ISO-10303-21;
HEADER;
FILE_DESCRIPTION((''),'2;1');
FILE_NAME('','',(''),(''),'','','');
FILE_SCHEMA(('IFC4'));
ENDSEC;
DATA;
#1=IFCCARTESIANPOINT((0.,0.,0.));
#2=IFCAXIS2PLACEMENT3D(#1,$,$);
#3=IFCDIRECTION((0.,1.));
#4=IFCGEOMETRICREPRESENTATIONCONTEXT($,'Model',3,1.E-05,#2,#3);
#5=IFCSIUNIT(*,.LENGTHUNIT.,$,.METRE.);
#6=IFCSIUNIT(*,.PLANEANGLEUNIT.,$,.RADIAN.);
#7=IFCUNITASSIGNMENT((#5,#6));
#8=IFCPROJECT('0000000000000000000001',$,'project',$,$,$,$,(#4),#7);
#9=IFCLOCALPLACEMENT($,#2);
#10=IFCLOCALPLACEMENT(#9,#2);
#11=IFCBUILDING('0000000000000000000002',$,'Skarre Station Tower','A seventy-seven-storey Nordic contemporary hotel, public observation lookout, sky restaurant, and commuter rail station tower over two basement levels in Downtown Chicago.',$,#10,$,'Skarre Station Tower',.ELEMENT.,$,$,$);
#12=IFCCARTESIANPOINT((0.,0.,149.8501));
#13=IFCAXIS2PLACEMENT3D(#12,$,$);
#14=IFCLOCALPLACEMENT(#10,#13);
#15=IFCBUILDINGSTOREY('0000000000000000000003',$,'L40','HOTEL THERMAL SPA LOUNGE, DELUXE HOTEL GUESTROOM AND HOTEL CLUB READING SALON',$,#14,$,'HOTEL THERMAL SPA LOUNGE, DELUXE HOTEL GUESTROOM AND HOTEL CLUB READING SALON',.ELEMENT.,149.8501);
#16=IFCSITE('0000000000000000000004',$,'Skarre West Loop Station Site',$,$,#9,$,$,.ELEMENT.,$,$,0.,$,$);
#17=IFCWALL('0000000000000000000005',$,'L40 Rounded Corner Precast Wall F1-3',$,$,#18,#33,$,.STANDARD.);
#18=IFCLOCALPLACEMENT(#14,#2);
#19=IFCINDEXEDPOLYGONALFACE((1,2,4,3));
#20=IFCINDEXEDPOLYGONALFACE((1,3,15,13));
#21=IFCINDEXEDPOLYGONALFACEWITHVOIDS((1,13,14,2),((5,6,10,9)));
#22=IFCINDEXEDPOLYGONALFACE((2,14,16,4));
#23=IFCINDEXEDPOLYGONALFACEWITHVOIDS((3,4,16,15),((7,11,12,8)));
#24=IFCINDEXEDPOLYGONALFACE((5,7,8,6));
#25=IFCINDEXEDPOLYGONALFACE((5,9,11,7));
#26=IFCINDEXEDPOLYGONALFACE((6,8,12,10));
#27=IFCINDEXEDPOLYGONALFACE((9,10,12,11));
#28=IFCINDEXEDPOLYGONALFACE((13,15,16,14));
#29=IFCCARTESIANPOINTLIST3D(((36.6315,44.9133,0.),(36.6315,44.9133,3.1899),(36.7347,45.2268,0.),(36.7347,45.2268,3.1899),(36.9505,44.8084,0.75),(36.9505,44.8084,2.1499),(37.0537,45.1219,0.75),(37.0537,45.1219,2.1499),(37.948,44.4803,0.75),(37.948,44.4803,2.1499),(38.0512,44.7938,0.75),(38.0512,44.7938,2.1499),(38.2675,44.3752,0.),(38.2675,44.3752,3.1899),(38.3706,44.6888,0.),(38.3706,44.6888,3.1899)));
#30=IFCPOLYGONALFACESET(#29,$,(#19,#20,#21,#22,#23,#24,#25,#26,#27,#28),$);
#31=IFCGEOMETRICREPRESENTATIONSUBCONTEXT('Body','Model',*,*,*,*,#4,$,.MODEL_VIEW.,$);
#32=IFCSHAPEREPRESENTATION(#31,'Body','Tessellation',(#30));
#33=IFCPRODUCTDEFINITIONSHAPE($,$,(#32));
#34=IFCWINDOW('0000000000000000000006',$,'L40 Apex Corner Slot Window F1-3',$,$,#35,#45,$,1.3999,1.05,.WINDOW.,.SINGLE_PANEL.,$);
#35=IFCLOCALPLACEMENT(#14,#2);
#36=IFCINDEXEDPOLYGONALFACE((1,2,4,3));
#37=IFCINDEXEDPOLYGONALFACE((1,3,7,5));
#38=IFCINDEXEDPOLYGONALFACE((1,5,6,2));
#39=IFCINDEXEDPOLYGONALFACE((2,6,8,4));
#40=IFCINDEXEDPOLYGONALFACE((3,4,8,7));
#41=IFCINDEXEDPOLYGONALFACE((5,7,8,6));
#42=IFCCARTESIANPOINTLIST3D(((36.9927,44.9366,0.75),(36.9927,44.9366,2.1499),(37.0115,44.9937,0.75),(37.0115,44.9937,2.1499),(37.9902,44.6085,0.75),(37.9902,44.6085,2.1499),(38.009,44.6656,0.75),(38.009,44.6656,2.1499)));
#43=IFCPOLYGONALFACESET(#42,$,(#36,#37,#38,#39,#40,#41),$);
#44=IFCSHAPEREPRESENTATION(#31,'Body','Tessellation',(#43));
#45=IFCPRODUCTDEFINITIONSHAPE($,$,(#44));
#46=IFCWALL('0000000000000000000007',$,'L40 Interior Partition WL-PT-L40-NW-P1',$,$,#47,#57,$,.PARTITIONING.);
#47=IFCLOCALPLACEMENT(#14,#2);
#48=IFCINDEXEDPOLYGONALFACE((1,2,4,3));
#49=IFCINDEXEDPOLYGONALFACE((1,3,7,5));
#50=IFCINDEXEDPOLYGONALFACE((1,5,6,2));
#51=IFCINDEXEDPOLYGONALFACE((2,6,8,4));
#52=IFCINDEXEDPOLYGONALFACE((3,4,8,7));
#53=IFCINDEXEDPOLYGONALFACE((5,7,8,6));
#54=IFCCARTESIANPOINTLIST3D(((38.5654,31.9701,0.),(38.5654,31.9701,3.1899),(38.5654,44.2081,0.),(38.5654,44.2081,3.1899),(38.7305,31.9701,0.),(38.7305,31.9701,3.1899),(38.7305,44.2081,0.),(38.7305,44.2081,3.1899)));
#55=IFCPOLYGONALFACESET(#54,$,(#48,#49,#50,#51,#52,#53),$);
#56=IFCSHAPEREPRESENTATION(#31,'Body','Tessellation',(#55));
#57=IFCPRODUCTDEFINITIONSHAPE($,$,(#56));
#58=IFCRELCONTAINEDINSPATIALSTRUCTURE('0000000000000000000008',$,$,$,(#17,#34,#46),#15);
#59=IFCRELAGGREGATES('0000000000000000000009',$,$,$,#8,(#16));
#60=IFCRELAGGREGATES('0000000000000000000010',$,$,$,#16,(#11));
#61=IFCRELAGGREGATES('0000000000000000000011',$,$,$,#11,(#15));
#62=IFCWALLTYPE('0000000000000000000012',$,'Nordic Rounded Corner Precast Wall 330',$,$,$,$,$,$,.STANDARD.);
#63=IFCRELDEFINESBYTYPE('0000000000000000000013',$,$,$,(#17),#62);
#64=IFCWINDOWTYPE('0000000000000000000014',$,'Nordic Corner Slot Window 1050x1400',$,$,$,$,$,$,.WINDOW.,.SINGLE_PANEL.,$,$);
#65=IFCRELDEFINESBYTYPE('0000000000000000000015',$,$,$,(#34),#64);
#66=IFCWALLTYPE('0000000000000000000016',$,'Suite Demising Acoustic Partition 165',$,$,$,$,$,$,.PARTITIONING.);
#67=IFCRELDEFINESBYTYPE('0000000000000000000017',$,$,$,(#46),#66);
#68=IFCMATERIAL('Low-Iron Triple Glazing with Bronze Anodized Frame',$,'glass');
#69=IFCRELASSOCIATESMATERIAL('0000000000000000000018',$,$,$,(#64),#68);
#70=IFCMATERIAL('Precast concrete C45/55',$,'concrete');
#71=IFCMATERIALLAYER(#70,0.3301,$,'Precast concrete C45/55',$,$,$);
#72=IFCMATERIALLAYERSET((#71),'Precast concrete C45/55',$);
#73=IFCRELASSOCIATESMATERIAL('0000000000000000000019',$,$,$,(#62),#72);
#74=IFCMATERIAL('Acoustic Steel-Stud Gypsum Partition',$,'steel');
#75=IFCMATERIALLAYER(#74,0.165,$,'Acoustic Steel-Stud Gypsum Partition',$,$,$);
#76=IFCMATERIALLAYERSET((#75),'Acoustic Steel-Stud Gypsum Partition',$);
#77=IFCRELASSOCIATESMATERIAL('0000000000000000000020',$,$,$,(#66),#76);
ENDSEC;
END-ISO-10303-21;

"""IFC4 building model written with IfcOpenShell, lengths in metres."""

from ifc_helpers import new_model, si_unit, direction, frame, frame_2d, origin, place, context, subcontext, project, spatial, rectangle, extrude, material, layer, layer_set, type_object, element, fill, save


model = new_model("IFC4")

# Units and contexts
model_context = context("Model", 3, precision=1e-05, world=origin(), true_north=direction((0.0, 1.0)))
body_context = subcontext(model_context, "Body", "Model", "MODEL_VIEW")
ifc_project = project(units=[si_unit("LENGTHUNIT", "METRE"), si_unit("PLANEANGLEUNIT", "RADIAN")], contexts=[model_context])

# Site, building, storey
site_placement = place(None, origin())
site = spatial("IfcSite", under=ifc_project, at=site_placement, Name="Skarre West Loop Station Site", CompositionType="ELEMENT", RefElevation=0.0)
building_placement = place(site_placement, origin())
building = spatial("IfcBuilding", under=site, at=building_placement, Name="Skarre Station Tower", Description="A seventy-seven-storey Nordic contemporary hotel, public observation lookout, sky restaurant, and commuter rail station tower over two basement levels in Downtown Chicago.", LongName="Skarre Station Tower", CompositionType="ELEMENT")
storey_placement = place(building_placement, frame((0.0, 0.0, 149.8501)))
storey = spatial("IfcBuildingStorey", under=building, at=storey_placement, Name="L40", Description="HOTEL THERMAL SPA LOUNGE, DELUXE HOTEL GUESTROOM AND HOTEL CLUB READING SALON", LongName="HOTEL THERMAL SPA LOUNGE, DELUXE HOTEL GUESTROOM AND HOTEL CLUB READING SALON", CompositionType="ELEMENT", Elevation=149.8501)

# Shared definitions
ifc_material_1 = material(Name="Acoustic Steel-Stud Gypsum Partition", Category="steel")

# Shared definitions
ifc_material_2 = material(Name="Precast concrete C45/55", Category="concrete")
ifc_material_3 = material(Name="Low-Iron Triple Glazing with Bronze Anodized Frame", Category="glass")
window_type_1 = type_object("IfcWindowType", Name="Nordic Corner Slot Window 1050x1400", PartitioningType="SINGLE_PANEL", PredefinedType="WINDOW", material=ifc_material_3)

# Shared definitions
ifc_layer_1 = layer(ifc_material_2, 0.3301, Name="Precast concrete C45/55")
ifc_layer_set_1 = layer_set([ifc_layer_1], Name="Precast concrete C45/55")
wall_type_1 = type_object("IfcWallType", Name="Nordic Rounded Corner Precast Wall 330", PredefinedType="STANDARD", material=ifc_layer_set_1)

# Wall, opening, window
wall_1_placement = place(storey_placement, frame((36.6831, 45.0701, 0.0), z_axis=(0.0, 0.0, 1.0), x_axis=(0.949937, -0.31244, 0.0)))
wall_1 = element("IfcWall", 1, at=wall_1_placement, inside=storey, type_object=wall_type_1, Name="L40 Rounded Corner Precast Wall F1-3", PredefinedType="STANDARD", context=body_context, shape_type="SweptSolid", body=[
    extrude(rectangle(XDim=1.7222, YDim=0.3301, at=frame_2d((0.8611, 0.0))), origin(), (0.0, 0.0, 1.0), 3.1899),
])
opening_1_placement = place(wall_1_placement, frame((0.3359, 0.0, 0.75)))
opening_1 = element("IfcOpeningElement", 2, at=opening_1_placement, cuts=wall_1, PredefinedType="OPENING", context=body_context, shape_type="SweptSolid", body=[
    extrude(rectangle(XDim=1.05, YDim=1.3999, at=frame_2d((0.5249, 0.7))), frame((0.0, 0.175, 0.0), z_axis=(0.0, -1.0, 0.0), x_axis=(1.0, 0.0, 0.0)), (0.0, 0.0, 1.0), 0.3501),
])
window_1_placement = place(opening_1_placement, origin())
window_1 = element("IfcWindow", 3, at=window_1_placement, inside=storey, type_object=window_type_1, Name="L40 Apex Corner Slot Window F1-3", OverallHeight=1.3999, OverallWidth=1.05, PartitioningType="SINGLE_PANEL", PredefinedType="WINDOW", context=body_context, shape_type="SweptSolid", body=[
    extrude(rectangle(XDim=1.05, YDim=1.3999, at=frame_2d((0.5249, 0.7))), frame((0.0, 0.03, 0.0), z_axis=(0.0, -1.0, 0.0), x_axis=(1.0, 0.0, 0.0)), (0.0, 0.0, 1.0), 0.0601),
])
fill(opening_1, window_1)

# Wall
ifc_layer_2 = layer(ifc_material_1, 0.165, Name="Acoustic Steel-Stud Gypsum Partition")
ifc_layer_set_2 = layer_set([ifc_layer_2], Name="Acoustic Steel-Stud Gypsum Partition")
wall_type_2 = type_object("IfcWallType", Name="Suite Demising Acoustic Partition 165", PredefinedType="PARTITIONING", material=ifc_layer_set_2)
wall_2_placement = place(storey_placement, frame((38.6479, 31.97, 0.0), z_axis=(0.0, 0.0, 1.0), x_axis=(0.0, 1.0, 0.0)))
element("IfcWall", 4, at=wall_2_placement, inside=storey, type_object=wall_type_2, Name="L40 Interior Partition WL-PT-L40-NW-P1", PredefinedType="PARTITIONING", context=body_context, shape_type="SweptSolid", body=[
    extrude(rectangle(XDim=12.238, YDim=0.165, at=frame_2d((6.1191, 0.0))), origin(), (0.0, 0.0, 1.0), 3.1899),
])

save(model, "model.ifc")
